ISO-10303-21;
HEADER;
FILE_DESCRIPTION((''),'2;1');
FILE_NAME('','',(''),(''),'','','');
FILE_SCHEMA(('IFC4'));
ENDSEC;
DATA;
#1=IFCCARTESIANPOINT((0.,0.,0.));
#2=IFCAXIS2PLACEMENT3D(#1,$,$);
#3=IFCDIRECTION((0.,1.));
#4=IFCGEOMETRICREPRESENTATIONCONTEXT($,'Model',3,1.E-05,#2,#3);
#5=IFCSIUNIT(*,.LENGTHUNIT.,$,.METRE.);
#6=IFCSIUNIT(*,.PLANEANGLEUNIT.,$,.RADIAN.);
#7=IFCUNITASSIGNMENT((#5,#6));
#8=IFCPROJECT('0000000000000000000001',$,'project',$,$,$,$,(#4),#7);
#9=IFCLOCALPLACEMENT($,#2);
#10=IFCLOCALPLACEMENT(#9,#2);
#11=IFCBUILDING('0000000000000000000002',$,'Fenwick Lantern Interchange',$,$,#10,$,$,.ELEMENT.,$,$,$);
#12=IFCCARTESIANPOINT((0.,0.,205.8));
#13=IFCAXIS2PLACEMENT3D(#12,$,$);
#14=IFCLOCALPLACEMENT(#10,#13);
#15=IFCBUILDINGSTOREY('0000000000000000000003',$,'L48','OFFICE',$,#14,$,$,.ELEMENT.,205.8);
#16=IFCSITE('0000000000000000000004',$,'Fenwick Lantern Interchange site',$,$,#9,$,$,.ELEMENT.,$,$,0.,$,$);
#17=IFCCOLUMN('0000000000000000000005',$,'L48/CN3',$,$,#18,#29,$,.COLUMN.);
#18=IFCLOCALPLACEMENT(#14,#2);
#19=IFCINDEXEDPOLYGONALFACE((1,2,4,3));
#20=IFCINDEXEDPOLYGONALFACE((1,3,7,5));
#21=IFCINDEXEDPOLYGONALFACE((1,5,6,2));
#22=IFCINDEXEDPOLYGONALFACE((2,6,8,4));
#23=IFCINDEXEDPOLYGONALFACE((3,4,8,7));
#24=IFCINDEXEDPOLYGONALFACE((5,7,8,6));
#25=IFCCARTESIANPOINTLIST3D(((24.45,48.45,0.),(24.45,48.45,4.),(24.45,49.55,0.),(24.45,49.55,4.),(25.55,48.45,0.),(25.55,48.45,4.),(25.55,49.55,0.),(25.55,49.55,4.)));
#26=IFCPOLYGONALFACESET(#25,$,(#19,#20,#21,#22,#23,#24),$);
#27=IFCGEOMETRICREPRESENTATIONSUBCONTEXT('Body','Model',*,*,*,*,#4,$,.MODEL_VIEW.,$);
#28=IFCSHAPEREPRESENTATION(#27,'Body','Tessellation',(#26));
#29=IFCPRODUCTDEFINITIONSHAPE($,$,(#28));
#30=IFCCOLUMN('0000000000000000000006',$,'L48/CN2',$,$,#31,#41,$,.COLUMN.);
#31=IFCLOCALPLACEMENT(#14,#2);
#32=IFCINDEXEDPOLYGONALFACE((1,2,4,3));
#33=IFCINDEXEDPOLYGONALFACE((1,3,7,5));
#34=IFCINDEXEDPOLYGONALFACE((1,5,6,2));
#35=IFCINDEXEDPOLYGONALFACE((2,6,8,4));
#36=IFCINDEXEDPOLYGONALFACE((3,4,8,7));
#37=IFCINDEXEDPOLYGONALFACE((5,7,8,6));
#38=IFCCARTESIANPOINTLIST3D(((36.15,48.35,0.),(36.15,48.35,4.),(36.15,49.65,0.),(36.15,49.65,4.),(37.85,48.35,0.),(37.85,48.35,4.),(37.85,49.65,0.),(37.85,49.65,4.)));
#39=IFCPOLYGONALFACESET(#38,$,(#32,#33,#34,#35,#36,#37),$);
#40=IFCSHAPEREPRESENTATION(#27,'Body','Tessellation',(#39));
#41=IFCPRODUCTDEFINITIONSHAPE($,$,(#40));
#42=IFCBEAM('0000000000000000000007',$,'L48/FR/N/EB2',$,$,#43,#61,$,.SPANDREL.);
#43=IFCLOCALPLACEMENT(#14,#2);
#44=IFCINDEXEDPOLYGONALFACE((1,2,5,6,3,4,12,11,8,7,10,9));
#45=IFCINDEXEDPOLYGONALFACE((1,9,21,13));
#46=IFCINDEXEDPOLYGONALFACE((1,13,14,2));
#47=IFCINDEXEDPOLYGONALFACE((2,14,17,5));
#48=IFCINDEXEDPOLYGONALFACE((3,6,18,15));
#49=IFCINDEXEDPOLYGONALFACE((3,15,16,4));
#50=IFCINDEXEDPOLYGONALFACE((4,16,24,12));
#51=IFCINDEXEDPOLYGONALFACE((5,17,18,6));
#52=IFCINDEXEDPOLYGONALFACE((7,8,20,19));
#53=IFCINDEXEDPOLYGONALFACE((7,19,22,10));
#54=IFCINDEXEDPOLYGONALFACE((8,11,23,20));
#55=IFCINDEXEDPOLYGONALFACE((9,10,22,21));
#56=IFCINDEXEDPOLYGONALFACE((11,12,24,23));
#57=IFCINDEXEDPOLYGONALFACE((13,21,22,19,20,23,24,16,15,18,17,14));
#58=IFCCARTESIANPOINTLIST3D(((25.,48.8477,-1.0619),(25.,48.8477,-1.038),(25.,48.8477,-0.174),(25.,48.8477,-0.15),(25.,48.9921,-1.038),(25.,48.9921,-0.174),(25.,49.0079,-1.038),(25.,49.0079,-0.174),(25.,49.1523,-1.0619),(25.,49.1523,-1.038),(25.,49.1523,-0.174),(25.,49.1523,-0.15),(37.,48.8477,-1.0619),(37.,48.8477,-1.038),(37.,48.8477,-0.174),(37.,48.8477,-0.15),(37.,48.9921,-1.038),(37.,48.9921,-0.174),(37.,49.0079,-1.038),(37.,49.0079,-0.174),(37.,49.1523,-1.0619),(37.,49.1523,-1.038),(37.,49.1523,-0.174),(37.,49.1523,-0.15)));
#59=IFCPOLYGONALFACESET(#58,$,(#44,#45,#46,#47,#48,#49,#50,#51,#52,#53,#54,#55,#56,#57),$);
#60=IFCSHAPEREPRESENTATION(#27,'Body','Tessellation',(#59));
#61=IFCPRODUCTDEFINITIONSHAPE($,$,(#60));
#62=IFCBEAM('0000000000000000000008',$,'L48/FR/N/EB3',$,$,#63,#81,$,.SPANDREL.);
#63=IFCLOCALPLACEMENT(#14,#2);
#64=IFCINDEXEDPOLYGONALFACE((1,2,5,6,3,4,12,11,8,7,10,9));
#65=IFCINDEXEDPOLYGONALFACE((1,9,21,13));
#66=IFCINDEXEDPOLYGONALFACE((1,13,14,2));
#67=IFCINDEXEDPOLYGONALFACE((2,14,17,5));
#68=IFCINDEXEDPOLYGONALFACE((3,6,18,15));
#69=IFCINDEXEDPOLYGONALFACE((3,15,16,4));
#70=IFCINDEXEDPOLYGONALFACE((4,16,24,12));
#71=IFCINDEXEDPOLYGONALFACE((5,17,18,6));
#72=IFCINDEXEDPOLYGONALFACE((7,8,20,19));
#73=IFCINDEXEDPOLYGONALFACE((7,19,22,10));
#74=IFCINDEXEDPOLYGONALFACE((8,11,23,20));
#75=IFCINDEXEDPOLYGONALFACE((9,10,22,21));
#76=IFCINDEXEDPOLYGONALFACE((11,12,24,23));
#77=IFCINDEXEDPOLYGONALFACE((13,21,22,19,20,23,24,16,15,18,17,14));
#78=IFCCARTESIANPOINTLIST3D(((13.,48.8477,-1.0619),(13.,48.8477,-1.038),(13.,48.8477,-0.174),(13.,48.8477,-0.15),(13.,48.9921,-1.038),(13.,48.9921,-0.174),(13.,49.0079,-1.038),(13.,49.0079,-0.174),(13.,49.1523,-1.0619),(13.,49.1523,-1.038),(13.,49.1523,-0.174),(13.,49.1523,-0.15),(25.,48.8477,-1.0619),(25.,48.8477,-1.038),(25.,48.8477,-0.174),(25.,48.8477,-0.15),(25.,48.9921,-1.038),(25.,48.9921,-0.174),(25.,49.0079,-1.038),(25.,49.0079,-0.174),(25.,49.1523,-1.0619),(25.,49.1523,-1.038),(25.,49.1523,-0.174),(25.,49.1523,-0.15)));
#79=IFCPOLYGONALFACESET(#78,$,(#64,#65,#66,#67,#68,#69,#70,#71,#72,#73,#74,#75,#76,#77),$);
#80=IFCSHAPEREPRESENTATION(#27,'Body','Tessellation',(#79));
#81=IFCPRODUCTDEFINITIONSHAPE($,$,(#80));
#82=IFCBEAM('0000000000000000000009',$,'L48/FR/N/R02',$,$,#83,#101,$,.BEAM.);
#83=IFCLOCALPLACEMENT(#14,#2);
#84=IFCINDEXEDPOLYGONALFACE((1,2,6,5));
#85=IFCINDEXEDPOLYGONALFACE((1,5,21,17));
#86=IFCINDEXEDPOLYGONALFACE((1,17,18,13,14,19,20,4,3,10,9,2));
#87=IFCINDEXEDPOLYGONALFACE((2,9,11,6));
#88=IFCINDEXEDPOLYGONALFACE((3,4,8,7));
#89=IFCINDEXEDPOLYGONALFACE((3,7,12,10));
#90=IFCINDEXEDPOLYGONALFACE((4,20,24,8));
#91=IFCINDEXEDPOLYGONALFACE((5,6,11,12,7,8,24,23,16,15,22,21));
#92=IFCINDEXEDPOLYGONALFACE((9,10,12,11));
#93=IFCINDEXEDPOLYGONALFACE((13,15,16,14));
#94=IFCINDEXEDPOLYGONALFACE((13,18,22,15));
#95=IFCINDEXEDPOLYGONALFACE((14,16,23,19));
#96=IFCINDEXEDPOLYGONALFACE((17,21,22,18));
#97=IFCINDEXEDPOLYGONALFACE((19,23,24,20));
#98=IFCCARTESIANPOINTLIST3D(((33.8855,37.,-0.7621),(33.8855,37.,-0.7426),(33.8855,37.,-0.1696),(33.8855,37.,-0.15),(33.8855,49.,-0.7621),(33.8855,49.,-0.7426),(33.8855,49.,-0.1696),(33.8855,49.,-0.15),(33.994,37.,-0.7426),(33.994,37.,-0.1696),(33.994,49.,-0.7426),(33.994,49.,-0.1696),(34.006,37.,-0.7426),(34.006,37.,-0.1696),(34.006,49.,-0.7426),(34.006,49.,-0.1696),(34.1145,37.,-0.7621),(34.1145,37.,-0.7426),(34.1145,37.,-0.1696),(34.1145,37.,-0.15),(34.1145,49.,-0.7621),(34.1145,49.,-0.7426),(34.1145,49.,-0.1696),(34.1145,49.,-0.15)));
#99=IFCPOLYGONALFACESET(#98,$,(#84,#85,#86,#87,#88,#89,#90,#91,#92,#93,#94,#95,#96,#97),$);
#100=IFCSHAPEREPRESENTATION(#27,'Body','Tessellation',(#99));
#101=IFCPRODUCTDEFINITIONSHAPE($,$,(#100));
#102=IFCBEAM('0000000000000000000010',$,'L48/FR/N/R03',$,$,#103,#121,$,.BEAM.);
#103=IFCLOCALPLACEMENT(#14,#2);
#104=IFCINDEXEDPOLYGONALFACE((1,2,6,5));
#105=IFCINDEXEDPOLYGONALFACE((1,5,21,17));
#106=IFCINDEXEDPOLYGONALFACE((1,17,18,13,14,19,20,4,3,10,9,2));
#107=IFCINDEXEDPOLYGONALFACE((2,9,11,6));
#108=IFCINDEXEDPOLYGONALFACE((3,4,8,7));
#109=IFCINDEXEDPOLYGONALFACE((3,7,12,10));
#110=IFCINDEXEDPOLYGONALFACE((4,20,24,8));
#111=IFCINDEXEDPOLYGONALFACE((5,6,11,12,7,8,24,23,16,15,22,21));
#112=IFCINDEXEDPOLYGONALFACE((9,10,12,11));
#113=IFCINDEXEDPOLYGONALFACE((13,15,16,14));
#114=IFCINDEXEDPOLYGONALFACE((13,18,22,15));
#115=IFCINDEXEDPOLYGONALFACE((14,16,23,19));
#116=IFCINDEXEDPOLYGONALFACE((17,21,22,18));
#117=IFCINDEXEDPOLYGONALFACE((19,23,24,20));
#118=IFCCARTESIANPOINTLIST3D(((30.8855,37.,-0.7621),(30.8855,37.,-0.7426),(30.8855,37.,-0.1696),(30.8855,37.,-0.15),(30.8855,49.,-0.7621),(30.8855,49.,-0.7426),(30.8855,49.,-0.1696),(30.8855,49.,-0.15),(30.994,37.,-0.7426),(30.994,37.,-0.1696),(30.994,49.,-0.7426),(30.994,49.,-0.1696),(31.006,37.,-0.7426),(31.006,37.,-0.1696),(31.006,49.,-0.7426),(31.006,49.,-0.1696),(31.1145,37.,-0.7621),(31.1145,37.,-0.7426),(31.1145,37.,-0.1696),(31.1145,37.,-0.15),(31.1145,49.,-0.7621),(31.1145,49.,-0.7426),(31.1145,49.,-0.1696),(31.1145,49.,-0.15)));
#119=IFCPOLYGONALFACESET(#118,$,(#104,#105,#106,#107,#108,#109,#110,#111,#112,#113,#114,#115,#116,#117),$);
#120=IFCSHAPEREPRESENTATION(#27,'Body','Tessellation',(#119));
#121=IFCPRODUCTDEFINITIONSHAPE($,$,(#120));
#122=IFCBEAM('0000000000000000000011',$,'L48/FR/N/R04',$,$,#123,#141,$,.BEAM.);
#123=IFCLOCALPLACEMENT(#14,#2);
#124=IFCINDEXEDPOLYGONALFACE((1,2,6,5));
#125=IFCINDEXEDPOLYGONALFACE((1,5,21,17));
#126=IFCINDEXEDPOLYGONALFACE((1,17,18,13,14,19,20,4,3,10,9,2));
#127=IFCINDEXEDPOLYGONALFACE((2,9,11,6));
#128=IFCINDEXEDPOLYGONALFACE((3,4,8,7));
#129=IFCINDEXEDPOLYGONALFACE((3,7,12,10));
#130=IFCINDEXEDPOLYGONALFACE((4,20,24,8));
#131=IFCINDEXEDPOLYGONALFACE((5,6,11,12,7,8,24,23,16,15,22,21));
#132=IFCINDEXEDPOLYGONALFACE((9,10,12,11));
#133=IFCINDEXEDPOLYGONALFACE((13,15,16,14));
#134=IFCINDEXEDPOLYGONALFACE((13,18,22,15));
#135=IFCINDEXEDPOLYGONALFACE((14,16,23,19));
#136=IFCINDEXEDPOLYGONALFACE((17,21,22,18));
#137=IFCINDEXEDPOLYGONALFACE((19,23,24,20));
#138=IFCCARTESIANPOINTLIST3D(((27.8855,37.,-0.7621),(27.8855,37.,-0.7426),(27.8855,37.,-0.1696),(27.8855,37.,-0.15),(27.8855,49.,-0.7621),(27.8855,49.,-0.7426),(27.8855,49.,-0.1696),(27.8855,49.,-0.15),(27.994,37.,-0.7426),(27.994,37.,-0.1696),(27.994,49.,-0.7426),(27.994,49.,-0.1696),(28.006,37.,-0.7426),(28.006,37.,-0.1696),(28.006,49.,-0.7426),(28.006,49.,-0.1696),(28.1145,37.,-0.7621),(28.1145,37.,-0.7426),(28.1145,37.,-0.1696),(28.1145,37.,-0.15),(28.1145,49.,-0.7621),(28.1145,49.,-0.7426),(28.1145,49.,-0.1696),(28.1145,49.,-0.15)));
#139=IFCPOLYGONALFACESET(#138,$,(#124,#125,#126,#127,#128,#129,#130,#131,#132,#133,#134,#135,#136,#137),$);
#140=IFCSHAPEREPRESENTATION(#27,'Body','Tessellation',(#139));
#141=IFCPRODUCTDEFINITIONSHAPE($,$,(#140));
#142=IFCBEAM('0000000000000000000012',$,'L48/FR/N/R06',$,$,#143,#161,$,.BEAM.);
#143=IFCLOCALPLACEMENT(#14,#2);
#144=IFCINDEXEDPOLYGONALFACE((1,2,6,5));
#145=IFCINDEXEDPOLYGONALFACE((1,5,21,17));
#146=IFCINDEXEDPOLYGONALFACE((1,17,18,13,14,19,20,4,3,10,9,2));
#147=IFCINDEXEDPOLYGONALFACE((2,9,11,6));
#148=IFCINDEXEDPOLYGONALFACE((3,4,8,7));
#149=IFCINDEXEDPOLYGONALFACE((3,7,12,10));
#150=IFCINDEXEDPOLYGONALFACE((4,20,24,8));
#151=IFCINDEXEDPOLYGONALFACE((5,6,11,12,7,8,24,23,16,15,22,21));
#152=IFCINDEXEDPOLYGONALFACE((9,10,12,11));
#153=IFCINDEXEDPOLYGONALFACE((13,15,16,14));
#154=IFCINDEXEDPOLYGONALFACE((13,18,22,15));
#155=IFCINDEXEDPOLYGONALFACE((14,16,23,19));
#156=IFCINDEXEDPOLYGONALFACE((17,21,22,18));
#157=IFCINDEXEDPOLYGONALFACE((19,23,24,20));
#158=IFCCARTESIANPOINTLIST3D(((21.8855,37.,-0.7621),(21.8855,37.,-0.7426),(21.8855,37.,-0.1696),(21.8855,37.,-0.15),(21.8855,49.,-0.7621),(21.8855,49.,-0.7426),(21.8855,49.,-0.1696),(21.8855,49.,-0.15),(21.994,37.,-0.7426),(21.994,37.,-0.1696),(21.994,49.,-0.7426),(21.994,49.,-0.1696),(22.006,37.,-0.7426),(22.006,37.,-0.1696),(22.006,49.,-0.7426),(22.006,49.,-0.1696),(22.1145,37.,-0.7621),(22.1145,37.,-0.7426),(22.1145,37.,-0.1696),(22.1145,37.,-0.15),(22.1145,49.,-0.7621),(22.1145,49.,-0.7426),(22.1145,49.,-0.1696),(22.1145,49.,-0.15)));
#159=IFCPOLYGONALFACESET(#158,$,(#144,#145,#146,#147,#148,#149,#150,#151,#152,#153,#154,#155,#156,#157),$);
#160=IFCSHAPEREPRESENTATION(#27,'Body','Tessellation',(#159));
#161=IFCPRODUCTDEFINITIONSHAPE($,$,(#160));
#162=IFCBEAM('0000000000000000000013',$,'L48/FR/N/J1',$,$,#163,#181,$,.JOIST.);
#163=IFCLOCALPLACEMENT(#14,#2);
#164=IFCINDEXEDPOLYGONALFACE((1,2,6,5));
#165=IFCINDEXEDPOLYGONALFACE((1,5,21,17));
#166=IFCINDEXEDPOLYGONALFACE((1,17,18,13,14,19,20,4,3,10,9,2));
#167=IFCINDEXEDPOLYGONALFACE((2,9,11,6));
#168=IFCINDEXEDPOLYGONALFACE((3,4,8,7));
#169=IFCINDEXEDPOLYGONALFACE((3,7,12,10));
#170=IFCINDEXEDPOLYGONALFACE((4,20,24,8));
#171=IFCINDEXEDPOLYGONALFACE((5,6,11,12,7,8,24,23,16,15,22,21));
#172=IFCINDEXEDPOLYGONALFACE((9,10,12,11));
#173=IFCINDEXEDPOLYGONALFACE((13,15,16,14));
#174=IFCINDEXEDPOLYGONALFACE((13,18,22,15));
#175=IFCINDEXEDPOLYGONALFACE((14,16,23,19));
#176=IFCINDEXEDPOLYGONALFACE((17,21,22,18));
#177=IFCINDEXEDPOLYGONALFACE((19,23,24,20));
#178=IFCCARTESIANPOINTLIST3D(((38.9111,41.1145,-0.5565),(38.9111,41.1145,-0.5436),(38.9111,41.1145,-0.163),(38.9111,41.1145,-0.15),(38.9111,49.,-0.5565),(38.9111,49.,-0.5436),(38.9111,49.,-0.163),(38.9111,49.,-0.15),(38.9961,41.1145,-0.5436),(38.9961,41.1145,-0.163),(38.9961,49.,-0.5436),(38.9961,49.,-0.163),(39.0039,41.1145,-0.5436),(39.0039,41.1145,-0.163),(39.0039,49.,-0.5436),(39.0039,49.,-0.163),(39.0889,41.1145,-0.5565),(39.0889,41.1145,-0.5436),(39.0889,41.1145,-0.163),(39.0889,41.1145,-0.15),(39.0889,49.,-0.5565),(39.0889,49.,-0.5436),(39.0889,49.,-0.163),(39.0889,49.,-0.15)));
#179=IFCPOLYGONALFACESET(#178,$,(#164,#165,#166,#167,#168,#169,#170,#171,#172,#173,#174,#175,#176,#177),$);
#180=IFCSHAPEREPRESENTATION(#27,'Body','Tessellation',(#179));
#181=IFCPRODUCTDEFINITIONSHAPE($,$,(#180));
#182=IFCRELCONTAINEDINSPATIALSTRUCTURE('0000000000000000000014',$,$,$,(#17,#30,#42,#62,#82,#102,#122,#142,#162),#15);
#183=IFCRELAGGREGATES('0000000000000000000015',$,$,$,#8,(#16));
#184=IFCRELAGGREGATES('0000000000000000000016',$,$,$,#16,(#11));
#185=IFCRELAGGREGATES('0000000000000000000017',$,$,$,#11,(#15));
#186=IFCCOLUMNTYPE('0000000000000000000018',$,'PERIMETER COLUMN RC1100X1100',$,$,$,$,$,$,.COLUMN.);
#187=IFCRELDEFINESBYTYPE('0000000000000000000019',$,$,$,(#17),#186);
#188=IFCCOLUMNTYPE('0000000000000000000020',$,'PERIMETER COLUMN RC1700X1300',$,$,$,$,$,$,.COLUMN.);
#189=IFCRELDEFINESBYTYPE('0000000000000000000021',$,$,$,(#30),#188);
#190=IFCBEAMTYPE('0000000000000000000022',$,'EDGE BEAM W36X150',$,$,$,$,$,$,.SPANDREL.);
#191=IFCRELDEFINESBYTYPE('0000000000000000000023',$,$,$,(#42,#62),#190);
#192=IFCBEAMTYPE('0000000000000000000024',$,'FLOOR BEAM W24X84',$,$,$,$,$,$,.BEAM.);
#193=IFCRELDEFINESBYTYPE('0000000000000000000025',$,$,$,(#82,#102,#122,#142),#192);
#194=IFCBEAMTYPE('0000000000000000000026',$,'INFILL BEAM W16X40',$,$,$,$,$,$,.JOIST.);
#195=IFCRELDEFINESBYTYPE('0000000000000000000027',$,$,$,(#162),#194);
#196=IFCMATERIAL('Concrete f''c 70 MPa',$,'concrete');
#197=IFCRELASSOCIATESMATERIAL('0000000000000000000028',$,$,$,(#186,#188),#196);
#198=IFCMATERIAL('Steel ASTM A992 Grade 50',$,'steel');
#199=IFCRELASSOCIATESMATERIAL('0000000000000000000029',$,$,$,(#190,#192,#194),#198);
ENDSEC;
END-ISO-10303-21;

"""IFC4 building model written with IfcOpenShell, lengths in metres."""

from ifc_helpers import new_model, si_unit, direction, frame, origin, origin_2d, place, context, subcontext, project, spatial, rectangle, i_section, extrude, material, material_profile, profile_set, type_object, element, save


model = new_model("IFC4")

# Units and contexts
model_context = context("Model", 3, precision=1e-05, world=origin(), true_north=direction((0.0, 1.0)))
body_context = subcontext(model_context, "Body", "Model", "MODEL_VIEW")
ifc_project = project(units=[si_unit("LENGTHUNIT", "METRE"), si_unit("PLANEANGLEUNIT", "RADIAN")], contexts=[model_context])

# Site, building, storey
site_placement = place(None, origin())
site = spatial("IfcSite", under=ifc_project, at=site_placement, Name="Fenwick Lantern Interchange site", CompositionType="ELEMENT", RefElevation=0.0)
building_placement = place(site_placement, origin())
building = spatial("IfcBuilding", under=site, at=building_placement, Name="Fenwick Lantern Interchange", CompositionType="ELEMENT")
storey_placement = place(building_placement, frame((0.0, 0.0, 205.8)))
storey = spatial("IfcBuildingStorey", under=building, at=storey_placement, Name="L48", Description="OFFICE", CompositionType="ELEMENT", Elevation=205.8)

# Columns
ifc_material_1 = material(Name="Concrete f'c 70 MPa", Category="concrete")
ifc_material_profile_1 = material_profile(ifc_material_1, rectangle(XDim=1.1001, YDim=1.1001, at=origin_2d()), Name="RC1100X1100")
ifc_profile_set_1 = profile_set([ifc_material_profile_1], Name="Concrete f'c 70 MPa")
column_type_1 = type_object("IfcColumnType", Name="PERIMETER COLUMN RC1100X1100", PredefinedType="COLUMN", material=ifc_profile_set_1)
column_1_placement = place(storey_placement, frame((25.0, 49.0, 0.0), z_axis=(0.0, 0.0, 1.0), x_axis=(1.0, 0.0, 0.0)))
element("IfcColumn", 1, at=column_1_placement, inside=storey, type_object=column_type_1, Name="L48/CN3", PredefinedType="COLUMN", context=body_context, shape_type="SweptSolid", body=[
    extrude(rectangle(XDim=1.1001, YDim=1.1001, at=origin_2d()), origin(), (0.0, 0.0, 1.0), 4.0),
])
ifc_material_profile_2 = material_profile(ifc_material_1, rectangle(XDim=1.7, YDim=1.3, at=origin_2d()), Name="RC1700X1300")
ifc_profile_set_2 = profile_set([ifc_material_profile_2], Name="Concrete f'c 70 MPa")
column_type_2 = type_object("IfcColumnType", Name="PERIMETER COLUMN RC1700X1300", PredefinedType="COLUMN", material=ifc_profile_set_2)
column_2_placement = place(storey_placement, frame((37.0, 49.0, 0.0), z_axis=(0.0, 0.0, 1.0), x_axis=(1.0, 0.0, 0.0)))
element("IfcColumn", 2, at=column_2_placement, inside=storey, type_object=column_type_2, Name="L48/CN2", PredefinedType="COLUMN", context=body_context, shape_type="SweptSolid", body=[
    extrude(rectangle(XDim=1.7, YDim=1.3, at=origin_2d()), origin(), (0.0, 0.0, 1.0), 4.0),
])

# Beams
ifc_material_2 = material(Name="Steel ASTM A992 Grade 50", Category="steel")
ifc_material_profile_3 = material_profile(ifc_material_2, i_section(OverallWidth=0.3047, OverallDepth=0.9119, WebThickness=0.0159, FlangeThickness=0.0239, at=origin_2d()), Name="W36X150")
ifc_profile_set_3 = profile_set([ifc_material_profile_3], Name="Steel ASTM A992 Grade 50")
beam_type_1 = type_object("IfcBeamType", Name="EDGE BEAM W36X150", PredefinedType="SPANDREL", material=ifc_profile_set_3)
for number, where, z_axis, x_axis, name in (
    (3, (37.0, 49.0, -0.606), (-1.0, 0.0, 0.0), (0.0, -1.0, 0.0), "L48/FR/N/EB2"),
    (4, (25.0, 49.0, -0.606), (-1.0, 0.0, 0.0), (0.0, -1.0, 0.0), "L48/FR/N/EB3"),
):
    element("IfcBeam", number, at=place(storey_placement, frame(where, z_axis=z_axis, x_axis=x_axis)), inside=storey, type_object=beam_type_1, Name=name, PredefinedType="SPANDREL", context=body_context, shape_type="SweptSolid", body=[
        extrude(i_section(OverallWidth=0.3047, OverallDepth=0.9119, WebThickness=0.0159, FlangeThickness=0.0239, at=origin_2d()), origin(), (0.0, 0.0, 1.0), 12.0),
    ])
ifc_material_profile_4 = material_profile(ifc_material_2, i_section(OverallWidth=0.229, OverallDepth=0.6121, WebThickness=0.012, FlangeThickness=0.0195, at=origin_2d()), Name="W24X84")
ifc_profile_set_4 = profile_set([ifc_material_profile_4], Name="Steel ASTM A992 Grade 50")
beam_type_2 = type_object("IfcBeamType", Name="FLOOR BEAM W24X84", PredefinedType="BEAM", material=ifc_profile_set_4)
for number, where, z_axis, x_axis, name in (
    (5, (34.0, 49.0, -0.4561), (0.0, -1.0, 0.0), (1.0, 0.0, 0.0), "L48/FR/N/R02"),
    (6, (31.0, 49.0, -0.4561), (0.0, -1.0, 0.0), (1.0, 0.0, 0.0), "L48/FR/N/R03"),
    (7, (28.0, 49.0, -0.4561), (0.0, -1.0, 0.0), (1.0, 0.0, 0.0), "L48/FR/N/R04"),
    (8, (22.0, 49.0, -0.4561), (0.0, -1.0, 0.0), (1.0, 0.0, 0.0), "L48/FR/N/R06"),
):
    element("IfcBeam", number, at=place(storey_placement, frame(where, z_axis=z_axis, x_axis=x_axis)), inside=storey, type_object=beam_type_2, Name=name, PredefinedType="BEAM", context=body_context, shape_type="SweptSolid", body=[
        extrude(i_section(OverallWidth=0.229, OverallDepth=0.6121, WebThickness=0.012, FlangeThickness=0.0195, at=origin_2d()), origin(), (0.0, 0.0, 1.0), 12.0),
    ])
ifc_material_profile_5 = material_profile(ifc_material_2, i_section(OverallWidth=0.1777, OverallDepth=0.4065, WebThickness=0.0078, FlangeThickness=0.0129, at=origin_2d()), Name="W16X40")
ifc_profile_set_5 = profile_set([ifc_material_profile_5], Name="Steel ASTM A992 Grade 50")
beam_type_3 = type_object("IfcBeamType", Name="INFILL BEAM W16X40", PredefinedType="JOIST", material=ifc_profile_set_5)
beam_1_placement = place(storey_placement, frame((39.0, 49.0, -0.3533), z_axis=(0.0, -1.0, 0.0), x_axis=(1.0, 0.0, 0.0)))
element("IfcBeam", 9, at=beam_1_placement, inside=storey, type_object=beam_type_3, Name="L48/FR/N/J1", PredefinedType="JOIST", context=body_context, shape_type="SweptSolid", body=[
    extrude(i_section(OverallWidth=0.1777, OverallDepth=0.4065, WebThickness=0.0078, FlangeThickness=0.0129, at=origin_2d()), origin(), (0.0, 0.0, 1.0), 7.8855),
])

save(model, "model.ifc")
